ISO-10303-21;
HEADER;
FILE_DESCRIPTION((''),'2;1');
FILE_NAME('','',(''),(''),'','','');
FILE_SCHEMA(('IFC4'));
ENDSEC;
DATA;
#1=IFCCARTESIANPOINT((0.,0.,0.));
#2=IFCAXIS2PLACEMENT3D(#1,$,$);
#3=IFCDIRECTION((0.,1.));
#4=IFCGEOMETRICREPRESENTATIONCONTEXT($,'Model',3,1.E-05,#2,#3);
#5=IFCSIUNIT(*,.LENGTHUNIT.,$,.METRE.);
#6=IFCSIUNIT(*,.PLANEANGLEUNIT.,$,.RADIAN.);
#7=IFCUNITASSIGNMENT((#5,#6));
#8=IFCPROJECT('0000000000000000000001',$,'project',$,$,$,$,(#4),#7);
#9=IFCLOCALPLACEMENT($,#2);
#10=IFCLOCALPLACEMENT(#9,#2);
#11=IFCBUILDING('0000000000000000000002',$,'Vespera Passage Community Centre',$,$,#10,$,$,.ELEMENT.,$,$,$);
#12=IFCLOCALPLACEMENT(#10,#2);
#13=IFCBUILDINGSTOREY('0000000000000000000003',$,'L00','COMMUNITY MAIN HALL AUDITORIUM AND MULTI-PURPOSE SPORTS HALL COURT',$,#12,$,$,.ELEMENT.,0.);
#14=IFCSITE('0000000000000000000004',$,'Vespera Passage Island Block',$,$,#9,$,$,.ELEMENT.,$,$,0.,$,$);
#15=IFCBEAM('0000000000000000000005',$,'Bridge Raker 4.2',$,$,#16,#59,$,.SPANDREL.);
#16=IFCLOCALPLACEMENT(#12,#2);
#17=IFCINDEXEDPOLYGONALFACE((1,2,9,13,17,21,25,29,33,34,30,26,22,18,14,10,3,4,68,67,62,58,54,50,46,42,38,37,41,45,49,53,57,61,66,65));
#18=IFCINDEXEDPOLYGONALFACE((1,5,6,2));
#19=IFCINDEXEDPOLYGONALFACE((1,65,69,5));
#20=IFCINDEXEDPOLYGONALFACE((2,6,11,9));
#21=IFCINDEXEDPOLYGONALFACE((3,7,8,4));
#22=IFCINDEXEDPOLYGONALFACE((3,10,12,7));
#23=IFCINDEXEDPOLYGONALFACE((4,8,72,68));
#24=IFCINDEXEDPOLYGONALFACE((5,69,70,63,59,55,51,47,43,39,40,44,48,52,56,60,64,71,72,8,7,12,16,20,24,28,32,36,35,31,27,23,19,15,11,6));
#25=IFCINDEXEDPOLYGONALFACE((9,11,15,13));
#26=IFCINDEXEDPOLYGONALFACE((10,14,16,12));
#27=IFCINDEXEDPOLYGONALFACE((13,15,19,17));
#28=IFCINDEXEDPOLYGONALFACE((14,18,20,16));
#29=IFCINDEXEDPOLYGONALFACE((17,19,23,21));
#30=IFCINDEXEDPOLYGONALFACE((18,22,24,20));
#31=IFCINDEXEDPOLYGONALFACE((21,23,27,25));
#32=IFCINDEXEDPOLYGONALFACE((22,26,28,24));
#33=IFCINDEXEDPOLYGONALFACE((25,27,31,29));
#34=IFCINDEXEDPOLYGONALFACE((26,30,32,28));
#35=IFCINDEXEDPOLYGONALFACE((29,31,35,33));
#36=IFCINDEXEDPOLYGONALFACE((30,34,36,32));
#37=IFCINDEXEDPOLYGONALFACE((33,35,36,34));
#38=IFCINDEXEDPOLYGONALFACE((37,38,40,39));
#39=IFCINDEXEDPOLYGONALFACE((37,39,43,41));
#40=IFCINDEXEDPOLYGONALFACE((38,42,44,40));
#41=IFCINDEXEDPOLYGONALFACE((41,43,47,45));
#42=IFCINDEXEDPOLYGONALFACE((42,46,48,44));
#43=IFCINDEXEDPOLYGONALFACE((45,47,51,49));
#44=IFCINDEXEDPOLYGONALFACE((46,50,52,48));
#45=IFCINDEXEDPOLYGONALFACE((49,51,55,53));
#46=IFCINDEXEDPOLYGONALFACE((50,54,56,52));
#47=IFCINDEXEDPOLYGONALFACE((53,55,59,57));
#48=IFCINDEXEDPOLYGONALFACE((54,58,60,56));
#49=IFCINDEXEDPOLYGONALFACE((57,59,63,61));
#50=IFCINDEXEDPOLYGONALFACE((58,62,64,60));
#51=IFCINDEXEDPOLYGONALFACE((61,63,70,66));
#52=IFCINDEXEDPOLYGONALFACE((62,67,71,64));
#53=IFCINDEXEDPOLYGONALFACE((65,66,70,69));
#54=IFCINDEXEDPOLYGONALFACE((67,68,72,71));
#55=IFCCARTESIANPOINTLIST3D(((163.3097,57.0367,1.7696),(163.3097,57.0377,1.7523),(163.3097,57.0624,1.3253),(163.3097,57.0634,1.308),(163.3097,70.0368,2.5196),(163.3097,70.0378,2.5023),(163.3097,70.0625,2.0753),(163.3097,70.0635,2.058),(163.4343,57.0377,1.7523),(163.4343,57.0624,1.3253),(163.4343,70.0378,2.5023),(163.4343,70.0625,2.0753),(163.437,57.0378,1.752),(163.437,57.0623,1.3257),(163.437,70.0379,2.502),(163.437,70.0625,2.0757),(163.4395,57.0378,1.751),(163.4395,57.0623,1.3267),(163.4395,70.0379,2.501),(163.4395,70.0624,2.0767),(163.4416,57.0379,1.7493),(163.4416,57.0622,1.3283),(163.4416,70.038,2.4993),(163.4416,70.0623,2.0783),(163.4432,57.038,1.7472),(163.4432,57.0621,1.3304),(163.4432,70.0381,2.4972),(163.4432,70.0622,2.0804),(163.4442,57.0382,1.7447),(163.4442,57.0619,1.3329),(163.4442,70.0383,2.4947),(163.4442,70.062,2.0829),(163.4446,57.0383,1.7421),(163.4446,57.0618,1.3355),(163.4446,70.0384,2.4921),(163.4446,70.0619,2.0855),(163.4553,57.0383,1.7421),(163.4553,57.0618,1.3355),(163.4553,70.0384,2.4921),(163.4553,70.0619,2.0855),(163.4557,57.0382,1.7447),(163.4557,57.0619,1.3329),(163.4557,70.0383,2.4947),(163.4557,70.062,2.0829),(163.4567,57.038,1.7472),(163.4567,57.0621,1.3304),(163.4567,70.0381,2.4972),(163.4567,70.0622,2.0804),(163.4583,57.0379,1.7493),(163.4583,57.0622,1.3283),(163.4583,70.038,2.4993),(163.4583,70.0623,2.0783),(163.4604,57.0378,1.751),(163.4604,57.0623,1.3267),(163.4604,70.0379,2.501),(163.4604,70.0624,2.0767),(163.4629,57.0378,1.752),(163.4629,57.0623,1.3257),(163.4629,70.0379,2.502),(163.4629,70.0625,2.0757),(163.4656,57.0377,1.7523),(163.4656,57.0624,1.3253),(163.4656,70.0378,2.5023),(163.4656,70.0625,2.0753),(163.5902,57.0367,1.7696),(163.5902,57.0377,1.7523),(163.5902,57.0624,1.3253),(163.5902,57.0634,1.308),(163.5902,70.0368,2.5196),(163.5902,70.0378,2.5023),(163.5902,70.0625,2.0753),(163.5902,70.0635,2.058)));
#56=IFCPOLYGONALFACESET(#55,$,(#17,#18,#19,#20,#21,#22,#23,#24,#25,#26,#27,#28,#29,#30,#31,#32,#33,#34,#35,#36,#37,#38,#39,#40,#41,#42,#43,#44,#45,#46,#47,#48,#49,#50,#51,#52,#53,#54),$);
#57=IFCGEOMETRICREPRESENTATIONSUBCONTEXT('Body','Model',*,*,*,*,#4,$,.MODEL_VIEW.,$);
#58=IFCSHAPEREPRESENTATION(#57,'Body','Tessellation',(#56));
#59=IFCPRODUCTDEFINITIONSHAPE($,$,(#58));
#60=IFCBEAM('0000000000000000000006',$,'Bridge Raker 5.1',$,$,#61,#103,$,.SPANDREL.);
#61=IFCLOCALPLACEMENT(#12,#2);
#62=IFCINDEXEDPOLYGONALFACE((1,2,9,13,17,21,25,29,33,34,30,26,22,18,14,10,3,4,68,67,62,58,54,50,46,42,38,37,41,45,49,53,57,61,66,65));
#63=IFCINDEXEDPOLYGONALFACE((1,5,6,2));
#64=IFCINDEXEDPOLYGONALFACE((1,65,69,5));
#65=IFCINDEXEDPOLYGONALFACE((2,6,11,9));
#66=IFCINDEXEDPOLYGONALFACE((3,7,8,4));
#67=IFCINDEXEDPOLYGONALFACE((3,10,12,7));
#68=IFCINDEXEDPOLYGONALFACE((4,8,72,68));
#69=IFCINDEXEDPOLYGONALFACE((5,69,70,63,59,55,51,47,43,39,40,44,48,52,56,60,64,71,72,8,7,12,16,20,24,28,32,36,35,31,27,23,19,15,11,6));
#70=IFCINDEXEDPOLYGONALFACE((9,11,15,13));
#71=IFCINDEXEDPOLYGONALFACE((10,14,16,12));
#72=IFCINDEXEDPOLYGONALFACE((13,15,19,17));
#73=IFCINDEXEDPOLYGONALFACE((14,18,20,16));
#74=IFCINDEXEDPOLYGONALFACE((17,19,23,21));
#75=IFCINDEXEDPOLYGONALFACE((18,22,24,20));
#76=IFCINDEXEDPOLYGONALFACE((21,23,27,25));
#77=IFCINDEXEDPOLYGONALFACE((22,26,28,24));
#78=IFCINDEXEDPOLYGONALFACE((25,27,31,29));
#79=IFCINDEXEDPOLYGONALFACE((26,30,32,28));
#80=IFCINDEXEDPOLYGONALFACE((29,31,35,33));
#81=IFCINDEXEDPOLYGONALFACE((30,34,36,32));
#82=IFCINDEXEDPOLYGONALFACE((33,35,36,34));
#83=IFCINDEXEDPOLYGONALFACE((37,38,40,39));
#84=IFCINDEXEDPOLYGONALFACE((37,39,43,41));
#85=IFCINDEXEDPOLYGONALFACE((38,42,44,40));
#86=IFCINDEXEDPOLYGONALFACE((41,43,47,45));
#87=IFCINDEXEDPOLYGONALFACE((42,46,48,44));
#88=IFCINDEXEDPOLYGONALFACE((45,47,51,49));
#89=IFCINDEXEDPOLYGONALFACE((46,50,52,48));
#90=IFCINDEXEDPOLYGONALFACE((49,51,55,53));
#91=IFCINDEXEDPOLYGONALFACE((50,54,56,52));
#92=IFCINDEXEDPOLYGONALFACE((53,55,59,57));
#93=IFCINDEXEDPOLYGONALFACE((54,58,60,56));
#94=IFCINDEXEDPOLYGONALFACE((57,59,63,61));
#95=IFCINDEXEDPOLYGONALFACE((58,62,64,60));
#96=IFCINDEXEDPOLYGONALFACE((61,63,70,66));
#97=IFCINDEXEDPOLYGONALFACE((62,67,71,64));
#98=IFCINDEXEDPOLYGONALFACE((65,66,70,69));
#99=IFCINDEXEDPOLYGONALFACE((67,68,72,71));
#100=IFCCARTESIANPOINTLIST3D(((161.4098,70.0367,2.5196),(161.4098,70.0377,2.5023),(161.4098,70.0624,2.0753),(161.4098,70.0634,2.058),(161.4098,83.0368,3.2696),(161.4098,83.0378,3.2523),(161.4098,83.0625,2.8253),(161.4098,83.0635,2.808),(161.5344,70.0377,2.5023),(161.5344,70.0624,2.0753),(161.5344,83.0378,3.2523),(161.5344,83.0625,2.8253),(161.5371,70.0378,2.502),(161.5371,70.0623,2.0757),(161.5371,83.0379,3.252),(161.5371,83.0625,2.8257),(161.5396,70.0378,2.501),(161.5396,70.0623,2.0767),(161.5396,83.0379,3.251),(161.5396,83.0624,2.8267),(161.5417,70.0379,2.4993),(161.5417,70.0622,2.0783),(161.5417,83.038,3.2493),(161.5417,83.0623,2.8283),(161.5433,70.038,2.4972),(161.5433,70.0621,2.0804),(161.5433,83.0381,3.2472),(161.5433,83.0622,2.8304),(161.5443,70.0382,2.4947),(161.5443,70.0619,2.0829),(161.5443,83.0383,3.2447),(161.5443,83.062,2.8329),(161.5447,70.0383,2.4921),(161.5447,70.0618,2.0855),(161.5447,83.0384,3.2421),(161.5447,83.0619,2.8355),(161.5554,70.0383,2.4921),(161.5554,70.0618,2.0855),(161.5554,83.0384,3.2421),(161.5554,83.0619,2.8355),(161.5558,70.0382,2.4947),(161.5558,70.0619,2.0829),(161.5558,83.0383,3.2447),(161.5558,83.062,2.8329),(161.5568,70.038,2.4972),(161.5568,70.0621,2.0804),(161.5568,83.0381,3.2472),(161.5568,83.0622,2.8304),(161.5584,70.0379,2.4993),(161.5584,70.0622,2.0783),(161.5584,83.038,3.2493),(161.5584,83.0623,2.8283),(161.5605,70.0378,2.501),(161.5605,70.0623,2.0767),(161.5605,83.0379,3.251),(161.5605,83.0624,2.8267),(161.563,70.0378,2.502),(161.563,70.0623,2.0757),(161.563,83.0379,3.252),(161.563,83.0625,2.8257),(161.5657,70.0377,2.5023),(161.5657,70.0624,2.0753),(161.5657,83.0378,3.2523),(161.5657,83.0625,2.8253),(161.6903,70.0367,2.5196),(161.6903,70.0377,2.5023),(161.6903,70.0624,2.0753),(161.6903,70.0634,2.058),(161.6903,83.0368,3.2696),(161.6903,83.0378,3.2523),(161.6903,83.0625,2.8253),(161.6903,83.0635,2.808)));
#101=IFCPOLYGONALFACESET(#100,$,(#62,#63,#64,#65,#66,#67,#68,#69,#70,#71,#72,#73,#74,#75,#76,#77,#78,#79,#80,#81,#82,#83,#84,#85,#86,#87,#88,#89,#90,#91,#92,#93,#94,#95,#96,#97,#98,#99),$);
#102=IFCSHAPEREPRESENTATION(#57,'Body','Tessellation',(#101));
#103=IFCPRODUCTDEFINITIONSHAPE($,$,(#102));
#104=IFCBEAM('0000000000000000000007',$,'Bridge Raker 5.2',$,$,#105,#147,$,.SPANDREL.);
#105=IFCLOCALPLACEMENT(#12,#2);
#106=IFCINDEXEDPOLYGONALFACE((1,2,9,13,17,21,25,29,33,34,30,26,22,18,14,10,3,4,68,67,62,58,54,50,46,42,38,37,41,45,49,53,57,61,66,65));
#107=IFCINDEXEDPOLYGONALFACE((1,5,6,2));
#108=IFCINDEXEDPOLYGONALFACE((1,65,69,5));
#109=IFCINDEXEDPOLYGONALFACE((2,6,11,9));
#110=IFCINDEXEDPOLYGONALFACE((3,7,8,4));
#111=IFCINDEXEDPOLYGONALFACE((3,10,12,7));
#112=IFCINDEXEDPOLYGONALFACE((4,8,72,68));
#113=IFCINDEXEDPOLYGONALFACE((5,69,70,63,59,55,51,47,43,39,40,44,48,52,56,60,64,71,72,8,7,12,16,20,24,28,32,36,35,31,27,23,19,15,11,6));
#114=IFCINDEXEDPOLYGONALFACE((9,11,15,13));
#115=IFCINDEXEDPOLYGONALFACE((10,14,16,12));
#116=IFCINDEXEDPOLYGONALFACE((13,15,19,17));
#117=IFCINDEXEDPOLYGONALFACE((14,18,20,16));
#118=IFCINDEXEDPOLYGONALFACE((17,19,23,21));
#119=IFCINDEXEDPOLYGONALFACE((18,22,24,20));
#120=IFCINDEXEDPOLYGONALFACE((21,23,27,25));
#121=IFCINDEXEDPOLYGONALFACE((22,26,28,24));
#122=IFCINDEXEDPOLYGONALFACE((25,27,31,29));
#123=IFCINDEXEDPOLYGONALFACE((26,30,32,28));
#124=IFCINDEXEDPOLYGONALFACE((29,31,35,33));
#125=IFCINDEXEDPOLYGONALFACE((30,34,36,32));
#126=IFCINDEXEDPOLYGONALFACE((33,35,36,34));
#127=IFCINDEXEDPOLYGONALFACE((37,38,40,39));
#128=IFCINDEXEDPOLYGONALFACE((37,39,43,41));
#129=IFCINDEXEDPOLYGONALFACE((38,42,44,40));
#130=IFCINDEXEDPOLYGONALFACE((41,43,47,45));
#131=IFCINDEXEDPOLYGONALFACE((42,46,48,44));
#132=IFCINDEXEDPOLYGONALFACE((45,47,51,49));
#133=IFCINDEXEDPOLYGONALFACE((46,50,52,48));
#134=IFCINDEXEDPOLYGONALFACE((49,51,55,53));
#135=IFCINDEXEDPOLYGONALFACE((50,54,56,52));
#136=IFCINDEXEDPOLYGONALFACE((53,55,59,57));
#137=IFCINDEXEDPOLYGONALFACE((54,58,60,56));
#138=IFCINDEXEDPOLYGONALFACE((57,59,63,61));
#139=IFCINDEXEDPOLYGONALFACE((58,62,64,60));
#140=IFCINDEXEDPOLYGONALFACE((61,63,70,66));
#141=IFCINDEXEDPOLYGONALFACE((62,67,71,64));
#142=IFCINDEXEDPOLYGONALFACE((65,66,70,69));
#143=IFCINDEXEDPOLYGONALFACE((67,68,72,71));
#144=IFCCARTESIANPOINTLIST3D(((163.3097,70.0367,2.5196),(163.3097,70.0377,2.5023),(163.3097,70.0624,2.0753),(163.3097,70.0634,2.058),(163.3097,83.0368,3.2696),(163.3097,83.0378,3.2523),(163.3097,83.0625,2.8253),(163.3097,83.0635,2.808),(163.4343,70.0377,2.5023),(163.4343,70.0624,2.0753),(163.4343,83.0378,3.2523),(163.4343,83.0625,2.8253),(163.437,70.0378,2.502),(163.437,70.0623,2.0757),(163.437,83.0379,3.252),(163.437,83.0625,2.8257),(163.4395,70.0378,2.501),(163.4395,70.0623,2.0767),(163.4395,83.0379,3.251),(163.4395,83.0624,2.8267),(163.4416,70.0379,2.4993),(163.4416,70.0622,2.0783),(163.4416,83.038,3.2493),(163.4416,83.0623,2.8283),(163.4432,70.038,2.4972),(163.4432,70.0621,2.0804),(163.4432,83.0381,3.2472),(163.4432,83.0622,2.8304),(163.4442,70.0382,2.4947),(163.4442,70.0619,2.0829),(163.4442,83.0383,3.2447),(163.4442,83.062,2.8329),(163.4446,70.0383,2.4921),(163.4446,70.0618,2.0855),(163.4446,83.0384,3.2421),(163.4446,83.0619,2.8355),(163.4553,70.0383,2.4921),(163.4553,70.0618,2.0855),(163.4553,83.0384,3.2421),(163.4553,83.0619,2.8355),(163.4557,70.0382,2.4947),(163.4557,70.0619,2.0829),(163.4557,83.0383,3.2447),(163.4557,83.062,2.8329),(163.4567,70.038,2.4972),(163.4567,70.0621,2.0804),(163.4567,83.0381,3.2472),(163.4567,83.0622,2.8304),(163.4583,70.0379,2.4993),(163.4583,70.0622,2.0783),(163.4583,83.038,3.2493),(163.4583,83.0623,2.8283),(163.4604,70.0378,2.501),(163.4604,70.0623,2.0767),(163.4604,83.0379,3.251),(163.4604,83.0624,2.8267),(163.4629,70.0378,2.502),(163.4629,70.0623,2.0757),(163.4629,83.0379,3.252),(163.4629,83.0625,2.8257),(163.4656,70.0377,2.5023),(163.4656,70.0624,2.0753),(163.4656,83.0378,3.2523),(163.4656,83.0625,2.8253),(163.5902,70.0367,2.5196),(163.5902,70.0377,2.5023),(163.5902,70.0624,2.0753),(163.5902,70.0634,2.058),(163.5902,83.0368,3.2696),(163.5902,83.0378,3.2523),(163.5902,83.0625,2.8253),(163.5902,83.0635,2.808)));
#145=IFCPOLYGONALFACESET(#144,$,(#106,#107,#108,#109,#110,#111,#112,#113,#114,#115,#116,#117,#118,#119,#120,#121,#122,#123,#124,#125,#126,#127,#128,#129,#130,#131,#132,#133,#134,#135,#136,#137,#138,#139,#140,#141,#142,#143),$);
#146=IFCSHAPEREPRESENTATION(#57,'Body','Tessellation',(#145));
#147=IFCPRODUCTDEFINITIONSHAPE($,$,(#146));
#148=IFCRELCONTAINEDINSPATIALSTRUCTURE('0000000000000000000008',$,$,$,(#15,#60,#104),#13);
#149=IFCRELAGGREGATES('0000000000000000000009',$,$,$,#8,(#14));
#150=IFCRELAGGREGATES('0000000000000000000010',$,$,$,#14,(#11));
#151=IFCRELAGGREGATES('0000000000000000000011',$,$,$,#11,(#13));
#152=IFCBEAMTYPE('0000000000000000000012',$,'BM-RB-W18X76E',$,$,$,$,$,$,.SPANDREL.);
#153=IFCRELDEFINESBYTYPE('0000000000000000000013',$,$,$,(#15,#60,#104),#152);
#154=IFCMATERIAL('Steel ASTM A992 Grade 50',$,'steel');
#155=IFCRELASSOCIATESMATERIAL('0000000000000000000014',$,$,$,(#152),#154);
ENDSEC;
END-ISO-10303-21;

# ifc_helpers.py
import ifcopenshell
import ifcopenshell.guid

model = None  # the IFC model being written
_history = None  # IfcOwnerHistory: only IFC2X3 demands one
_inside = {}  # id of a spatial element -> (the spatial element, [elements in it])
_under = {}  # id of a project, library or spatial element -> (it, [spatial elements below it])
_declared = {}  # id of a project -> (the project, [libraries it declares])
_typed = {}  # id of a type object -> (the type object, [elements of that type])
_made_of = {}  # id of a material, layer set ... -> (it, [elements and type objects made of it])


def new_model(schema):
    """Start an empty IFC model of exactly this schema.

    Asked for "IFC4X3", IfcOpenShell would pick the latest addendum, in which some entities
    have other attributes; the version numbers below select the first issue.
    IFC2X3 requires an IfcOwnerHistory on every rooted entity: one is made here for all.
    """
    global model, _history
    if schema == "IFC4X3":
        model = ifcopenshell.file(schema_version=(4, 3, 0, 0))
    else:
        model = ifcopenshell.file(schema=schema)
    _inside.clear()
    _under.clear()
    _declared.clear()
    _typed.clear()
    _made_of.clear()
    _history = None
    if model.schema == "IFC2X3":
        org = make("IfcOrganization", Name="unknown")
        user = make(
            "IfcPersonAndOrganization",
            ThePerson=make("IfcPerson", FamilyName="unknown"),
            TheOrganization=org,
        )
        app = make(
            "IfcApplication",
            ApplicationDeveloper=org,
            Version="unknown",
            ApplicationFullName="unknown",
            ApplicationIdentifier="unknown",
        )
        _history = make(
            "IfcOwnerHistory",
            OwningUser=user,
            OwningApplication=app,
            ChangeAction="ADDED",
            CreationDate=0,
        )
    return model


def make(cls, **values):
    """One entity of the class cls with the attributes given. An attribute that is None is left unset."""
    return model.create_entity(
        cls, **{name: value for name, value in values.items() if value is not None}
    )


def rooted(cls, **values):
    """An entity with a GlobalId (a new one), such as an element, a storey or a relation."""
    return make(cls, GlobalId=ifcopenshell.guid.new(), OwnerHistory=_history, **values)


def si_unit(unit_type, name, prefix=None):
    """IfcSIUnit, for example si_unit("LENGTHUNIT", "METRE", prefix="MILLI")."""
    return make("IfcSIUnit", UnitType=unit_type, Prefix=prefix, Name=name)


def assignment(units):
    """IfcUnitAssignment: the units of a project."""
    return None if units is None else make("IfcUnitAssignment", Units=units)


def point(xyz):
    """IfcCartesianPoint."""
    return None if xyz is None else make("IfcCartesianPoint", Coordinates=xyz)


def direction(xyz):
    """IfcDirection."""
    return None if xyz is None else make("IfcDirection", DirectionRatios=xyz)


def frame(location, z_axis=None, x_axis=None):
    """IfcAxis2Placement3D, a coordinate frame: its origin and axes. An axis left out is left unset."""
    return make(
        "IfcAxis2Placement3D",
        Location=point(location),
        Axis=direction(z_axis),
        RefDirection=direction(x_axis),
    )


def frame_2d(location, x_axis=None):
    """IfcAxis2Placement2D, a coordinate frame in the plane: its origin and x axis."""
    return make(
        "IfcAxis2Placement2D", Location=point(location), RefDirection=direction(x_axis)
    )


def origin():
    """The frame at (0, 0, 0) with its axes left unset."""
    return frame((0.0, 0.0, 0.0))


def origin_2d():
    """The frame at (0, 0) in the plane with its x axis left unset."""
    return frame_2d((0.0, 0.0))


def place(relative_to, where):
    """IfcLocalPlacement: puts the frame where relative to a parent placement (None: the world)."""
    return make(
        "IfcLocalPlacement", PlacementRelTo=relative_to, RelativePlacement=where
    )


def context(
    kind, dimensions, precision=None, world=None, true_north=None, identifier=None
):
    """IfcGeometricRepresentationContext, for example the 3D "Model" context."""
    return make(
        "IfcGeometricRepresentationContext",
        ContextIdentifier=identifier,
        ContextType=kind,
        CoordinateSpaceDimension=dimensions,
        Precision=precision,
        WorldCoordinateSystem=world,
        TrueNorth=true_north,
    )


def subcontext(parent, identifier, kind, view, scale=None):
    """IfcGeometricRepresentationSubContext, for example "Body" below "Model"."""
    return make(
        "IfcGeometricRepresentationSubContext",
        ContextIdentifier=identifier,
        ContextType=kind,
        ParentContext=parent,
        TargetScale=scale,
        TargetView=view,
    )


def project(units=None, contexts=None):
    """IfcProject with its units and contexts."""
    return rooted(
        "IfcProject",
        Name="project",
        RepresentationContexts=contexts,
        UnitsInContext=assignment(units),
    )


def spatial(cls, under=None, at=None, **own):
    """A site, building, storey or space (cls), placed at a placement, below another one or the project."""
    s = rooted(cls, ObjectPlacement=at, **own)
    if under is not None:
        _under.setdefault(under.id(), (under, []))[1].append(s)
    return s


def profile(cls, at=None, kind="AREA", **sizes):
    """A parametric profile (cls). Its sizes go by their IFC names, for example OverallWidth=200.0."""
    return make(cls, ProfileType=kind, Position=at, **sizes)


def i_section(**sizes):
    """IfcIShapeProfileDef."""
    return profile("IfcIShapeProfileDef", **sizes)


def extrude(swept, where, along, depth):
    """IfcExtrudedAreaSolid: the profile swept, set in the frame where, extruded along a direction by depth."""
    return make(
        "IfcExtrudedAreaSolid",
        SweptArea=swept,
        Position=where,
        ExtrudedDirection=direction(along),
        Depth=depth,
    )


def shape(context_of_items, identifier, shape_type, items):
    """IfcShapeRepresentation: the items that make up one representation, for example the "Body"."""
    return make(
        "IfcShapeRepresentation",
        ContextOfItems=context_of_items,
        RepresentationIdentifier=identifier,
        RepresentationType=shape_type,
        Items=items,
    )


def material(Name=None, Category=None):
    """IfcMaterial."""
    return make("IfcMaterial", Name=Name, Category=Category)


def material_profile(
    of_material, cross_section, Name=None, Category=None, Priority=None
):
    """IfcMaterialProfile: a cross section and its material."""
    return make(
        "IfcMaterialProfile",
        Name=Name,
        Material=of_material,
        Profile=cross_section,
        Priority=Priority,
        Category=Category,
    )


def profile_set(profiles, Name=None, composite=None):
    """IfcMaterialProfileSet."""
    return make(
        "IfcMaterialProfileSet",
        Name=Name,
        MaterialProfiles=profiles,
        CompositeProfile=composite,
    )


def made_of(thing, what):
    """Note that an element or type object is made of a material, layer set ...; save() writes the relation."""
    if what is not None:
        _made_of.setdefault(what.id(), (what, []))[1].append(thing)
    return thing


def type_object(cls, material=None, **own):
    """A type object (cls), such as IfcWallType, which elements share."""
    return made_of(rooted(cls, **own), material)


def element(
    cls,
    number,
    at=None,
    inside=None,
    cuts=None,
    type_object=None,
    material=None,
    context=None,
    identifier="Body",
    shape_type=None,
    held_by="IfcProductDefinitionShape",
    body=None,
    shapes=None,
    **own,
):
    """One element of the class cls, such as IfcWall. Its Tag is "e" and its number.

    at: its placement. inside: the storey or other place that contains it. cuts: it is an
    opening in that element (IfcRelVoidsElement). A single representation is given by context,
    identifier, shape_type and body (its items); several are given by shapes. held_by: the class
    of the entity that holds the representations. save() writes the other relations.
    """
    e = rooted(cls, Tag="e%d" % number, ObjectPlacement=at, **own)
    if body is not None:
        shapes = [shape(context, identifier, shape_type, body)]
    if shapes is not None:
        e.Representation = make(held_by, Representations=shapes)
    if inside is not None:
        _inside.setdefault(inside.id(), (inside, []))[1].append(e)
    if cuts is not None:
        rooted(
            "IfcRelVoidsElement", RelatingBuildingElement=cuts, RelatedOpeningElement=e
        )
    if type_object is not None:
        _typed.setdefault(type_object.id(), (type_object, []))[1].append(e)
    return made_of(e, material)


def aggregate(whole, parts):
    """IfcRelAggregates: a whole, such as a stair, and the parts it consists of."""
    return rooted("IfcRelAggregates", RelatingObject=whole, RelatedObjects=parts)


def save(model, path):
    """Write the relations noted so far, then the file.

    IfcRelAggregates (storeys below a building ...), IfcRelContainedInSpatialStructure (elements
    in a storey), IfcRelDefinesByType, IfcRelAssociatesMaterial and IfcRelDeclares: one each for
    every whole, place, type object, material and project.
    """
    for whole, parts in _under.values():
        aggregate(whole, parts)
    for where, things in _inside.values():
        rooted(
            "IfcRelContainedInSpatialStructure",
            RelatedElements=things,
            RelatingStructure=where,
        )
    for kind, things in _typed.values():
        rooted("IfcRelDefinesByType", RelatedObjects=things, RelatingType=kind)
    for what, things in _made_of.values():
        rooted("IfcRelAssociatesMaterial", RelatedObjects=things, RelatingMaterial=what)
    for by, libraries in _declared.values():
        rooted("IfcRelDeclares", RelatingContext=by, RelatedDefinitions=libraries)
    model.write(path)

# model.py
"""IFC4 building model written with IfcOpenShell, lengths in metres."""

from ifc_helpers import new_model, si_unit, direction, frame, origin, origin_2d, place, context, subcontext, project, spatial, i_section, extrude, material, material_profile, profile_set, type_object, element, save


model = new_model("IFC4")

# Units and contexts
model_context = context("Model", 3, precision=1e-05, world=origin(), true_north=direction((0.0, 1.0)))
body_context = subcontext(model_context, "Body", "Model", "MODEL_VIEW")
ifc_project = project(units=[si_unit("LENGTHUNIT", "METRE"), si_unit("PLANEANGLEUNIT", "RADIAN")], contexts=[model_context])

# Site, building, storey
site_placement = place(None, origin())
site = spatial("IfcSite", under=ifc_project, at=site_placement, Name="Vespera Passage Island Block", CompositionType="ELEMENT", RefElevation=0.0)
building_placement = place(site_placement, origin())
building = spatial("IfcBuilding", under=site, at=building_placement, Name="Vespera Passage Community Centre", CompositionType="ELEMENT")
storey_placement = place(building_placement, origin())
storey = spatial("IfcBuildingStorey", under=building, at=storey_placement, Name="L00", Description="COMMUNITY MAIN HALL AUDITORIUM AND MULTI-PURPOSE SPORTS HALL COURT", CompositionType="ELEMENT", Elevation=0.0)

# Beams
ifc_material_1 = material(Name="Steel ASTM A992 Grade 50", Category="steel")
ifc_material_profile_1 = material_profile(ifc_material_1, i_section(OverallWidth=0.2805, OverallDepth=0.4624, WebThickness=0.0107, FlangeThickness=0.0173, FilletRadius=0.0103, at=origin_2d()), Name="W18X76")
ifc_profile_set_1 = profile_set([ifc_material_profile_1], Name="Steel ASTM A992 Grade 50")
beam_type_1 = type_object("IfcBeamType", Name="BM-RB-W18X76E", PredefinedType="SPANDREL", material=ifc_profile_set_1)
for number, where, z_axis, x_axis, name in (
    (1, (163.45, 57.05, 1.5388), (0.0, 0.99834, 0.057597), (-1.0, 0.0, 0.0), "Bridge Raker 4.2"),
    (2, (161.55, 70.05, 2.2888), (0.0, 0.99834, 0.057597), (-1.0, 0.0, 0.0), "Bridge Raker 5.1"),
    (3, (163.45, 70.05, 2.2888), (0.0, 0.99834, 0.057597), (-1.0, 0.0, 0.0), "Bridge Raker 5.2"),
):
    element("IfcBeam", number, at=place(storey_placement, frame(where, z_axis=z_axis, x_axis=x_axis)), inside=storey, type_object=beam_type_1, Name=name, PredefinedType="SPANDREL", context=body_context, shape_type="SweptSolid", body=[
        extrude(i_section(OverallWidth=0.2805, OverallDepth=0.4624, WebThickness=0.0107, FlangeThickness=0.0173, FilletRadius=0.0103, at=origin_2d()), origin(), (0.0, 0.0, 1.0), 13.0217),
    ])

save(model, "model.ifc")
